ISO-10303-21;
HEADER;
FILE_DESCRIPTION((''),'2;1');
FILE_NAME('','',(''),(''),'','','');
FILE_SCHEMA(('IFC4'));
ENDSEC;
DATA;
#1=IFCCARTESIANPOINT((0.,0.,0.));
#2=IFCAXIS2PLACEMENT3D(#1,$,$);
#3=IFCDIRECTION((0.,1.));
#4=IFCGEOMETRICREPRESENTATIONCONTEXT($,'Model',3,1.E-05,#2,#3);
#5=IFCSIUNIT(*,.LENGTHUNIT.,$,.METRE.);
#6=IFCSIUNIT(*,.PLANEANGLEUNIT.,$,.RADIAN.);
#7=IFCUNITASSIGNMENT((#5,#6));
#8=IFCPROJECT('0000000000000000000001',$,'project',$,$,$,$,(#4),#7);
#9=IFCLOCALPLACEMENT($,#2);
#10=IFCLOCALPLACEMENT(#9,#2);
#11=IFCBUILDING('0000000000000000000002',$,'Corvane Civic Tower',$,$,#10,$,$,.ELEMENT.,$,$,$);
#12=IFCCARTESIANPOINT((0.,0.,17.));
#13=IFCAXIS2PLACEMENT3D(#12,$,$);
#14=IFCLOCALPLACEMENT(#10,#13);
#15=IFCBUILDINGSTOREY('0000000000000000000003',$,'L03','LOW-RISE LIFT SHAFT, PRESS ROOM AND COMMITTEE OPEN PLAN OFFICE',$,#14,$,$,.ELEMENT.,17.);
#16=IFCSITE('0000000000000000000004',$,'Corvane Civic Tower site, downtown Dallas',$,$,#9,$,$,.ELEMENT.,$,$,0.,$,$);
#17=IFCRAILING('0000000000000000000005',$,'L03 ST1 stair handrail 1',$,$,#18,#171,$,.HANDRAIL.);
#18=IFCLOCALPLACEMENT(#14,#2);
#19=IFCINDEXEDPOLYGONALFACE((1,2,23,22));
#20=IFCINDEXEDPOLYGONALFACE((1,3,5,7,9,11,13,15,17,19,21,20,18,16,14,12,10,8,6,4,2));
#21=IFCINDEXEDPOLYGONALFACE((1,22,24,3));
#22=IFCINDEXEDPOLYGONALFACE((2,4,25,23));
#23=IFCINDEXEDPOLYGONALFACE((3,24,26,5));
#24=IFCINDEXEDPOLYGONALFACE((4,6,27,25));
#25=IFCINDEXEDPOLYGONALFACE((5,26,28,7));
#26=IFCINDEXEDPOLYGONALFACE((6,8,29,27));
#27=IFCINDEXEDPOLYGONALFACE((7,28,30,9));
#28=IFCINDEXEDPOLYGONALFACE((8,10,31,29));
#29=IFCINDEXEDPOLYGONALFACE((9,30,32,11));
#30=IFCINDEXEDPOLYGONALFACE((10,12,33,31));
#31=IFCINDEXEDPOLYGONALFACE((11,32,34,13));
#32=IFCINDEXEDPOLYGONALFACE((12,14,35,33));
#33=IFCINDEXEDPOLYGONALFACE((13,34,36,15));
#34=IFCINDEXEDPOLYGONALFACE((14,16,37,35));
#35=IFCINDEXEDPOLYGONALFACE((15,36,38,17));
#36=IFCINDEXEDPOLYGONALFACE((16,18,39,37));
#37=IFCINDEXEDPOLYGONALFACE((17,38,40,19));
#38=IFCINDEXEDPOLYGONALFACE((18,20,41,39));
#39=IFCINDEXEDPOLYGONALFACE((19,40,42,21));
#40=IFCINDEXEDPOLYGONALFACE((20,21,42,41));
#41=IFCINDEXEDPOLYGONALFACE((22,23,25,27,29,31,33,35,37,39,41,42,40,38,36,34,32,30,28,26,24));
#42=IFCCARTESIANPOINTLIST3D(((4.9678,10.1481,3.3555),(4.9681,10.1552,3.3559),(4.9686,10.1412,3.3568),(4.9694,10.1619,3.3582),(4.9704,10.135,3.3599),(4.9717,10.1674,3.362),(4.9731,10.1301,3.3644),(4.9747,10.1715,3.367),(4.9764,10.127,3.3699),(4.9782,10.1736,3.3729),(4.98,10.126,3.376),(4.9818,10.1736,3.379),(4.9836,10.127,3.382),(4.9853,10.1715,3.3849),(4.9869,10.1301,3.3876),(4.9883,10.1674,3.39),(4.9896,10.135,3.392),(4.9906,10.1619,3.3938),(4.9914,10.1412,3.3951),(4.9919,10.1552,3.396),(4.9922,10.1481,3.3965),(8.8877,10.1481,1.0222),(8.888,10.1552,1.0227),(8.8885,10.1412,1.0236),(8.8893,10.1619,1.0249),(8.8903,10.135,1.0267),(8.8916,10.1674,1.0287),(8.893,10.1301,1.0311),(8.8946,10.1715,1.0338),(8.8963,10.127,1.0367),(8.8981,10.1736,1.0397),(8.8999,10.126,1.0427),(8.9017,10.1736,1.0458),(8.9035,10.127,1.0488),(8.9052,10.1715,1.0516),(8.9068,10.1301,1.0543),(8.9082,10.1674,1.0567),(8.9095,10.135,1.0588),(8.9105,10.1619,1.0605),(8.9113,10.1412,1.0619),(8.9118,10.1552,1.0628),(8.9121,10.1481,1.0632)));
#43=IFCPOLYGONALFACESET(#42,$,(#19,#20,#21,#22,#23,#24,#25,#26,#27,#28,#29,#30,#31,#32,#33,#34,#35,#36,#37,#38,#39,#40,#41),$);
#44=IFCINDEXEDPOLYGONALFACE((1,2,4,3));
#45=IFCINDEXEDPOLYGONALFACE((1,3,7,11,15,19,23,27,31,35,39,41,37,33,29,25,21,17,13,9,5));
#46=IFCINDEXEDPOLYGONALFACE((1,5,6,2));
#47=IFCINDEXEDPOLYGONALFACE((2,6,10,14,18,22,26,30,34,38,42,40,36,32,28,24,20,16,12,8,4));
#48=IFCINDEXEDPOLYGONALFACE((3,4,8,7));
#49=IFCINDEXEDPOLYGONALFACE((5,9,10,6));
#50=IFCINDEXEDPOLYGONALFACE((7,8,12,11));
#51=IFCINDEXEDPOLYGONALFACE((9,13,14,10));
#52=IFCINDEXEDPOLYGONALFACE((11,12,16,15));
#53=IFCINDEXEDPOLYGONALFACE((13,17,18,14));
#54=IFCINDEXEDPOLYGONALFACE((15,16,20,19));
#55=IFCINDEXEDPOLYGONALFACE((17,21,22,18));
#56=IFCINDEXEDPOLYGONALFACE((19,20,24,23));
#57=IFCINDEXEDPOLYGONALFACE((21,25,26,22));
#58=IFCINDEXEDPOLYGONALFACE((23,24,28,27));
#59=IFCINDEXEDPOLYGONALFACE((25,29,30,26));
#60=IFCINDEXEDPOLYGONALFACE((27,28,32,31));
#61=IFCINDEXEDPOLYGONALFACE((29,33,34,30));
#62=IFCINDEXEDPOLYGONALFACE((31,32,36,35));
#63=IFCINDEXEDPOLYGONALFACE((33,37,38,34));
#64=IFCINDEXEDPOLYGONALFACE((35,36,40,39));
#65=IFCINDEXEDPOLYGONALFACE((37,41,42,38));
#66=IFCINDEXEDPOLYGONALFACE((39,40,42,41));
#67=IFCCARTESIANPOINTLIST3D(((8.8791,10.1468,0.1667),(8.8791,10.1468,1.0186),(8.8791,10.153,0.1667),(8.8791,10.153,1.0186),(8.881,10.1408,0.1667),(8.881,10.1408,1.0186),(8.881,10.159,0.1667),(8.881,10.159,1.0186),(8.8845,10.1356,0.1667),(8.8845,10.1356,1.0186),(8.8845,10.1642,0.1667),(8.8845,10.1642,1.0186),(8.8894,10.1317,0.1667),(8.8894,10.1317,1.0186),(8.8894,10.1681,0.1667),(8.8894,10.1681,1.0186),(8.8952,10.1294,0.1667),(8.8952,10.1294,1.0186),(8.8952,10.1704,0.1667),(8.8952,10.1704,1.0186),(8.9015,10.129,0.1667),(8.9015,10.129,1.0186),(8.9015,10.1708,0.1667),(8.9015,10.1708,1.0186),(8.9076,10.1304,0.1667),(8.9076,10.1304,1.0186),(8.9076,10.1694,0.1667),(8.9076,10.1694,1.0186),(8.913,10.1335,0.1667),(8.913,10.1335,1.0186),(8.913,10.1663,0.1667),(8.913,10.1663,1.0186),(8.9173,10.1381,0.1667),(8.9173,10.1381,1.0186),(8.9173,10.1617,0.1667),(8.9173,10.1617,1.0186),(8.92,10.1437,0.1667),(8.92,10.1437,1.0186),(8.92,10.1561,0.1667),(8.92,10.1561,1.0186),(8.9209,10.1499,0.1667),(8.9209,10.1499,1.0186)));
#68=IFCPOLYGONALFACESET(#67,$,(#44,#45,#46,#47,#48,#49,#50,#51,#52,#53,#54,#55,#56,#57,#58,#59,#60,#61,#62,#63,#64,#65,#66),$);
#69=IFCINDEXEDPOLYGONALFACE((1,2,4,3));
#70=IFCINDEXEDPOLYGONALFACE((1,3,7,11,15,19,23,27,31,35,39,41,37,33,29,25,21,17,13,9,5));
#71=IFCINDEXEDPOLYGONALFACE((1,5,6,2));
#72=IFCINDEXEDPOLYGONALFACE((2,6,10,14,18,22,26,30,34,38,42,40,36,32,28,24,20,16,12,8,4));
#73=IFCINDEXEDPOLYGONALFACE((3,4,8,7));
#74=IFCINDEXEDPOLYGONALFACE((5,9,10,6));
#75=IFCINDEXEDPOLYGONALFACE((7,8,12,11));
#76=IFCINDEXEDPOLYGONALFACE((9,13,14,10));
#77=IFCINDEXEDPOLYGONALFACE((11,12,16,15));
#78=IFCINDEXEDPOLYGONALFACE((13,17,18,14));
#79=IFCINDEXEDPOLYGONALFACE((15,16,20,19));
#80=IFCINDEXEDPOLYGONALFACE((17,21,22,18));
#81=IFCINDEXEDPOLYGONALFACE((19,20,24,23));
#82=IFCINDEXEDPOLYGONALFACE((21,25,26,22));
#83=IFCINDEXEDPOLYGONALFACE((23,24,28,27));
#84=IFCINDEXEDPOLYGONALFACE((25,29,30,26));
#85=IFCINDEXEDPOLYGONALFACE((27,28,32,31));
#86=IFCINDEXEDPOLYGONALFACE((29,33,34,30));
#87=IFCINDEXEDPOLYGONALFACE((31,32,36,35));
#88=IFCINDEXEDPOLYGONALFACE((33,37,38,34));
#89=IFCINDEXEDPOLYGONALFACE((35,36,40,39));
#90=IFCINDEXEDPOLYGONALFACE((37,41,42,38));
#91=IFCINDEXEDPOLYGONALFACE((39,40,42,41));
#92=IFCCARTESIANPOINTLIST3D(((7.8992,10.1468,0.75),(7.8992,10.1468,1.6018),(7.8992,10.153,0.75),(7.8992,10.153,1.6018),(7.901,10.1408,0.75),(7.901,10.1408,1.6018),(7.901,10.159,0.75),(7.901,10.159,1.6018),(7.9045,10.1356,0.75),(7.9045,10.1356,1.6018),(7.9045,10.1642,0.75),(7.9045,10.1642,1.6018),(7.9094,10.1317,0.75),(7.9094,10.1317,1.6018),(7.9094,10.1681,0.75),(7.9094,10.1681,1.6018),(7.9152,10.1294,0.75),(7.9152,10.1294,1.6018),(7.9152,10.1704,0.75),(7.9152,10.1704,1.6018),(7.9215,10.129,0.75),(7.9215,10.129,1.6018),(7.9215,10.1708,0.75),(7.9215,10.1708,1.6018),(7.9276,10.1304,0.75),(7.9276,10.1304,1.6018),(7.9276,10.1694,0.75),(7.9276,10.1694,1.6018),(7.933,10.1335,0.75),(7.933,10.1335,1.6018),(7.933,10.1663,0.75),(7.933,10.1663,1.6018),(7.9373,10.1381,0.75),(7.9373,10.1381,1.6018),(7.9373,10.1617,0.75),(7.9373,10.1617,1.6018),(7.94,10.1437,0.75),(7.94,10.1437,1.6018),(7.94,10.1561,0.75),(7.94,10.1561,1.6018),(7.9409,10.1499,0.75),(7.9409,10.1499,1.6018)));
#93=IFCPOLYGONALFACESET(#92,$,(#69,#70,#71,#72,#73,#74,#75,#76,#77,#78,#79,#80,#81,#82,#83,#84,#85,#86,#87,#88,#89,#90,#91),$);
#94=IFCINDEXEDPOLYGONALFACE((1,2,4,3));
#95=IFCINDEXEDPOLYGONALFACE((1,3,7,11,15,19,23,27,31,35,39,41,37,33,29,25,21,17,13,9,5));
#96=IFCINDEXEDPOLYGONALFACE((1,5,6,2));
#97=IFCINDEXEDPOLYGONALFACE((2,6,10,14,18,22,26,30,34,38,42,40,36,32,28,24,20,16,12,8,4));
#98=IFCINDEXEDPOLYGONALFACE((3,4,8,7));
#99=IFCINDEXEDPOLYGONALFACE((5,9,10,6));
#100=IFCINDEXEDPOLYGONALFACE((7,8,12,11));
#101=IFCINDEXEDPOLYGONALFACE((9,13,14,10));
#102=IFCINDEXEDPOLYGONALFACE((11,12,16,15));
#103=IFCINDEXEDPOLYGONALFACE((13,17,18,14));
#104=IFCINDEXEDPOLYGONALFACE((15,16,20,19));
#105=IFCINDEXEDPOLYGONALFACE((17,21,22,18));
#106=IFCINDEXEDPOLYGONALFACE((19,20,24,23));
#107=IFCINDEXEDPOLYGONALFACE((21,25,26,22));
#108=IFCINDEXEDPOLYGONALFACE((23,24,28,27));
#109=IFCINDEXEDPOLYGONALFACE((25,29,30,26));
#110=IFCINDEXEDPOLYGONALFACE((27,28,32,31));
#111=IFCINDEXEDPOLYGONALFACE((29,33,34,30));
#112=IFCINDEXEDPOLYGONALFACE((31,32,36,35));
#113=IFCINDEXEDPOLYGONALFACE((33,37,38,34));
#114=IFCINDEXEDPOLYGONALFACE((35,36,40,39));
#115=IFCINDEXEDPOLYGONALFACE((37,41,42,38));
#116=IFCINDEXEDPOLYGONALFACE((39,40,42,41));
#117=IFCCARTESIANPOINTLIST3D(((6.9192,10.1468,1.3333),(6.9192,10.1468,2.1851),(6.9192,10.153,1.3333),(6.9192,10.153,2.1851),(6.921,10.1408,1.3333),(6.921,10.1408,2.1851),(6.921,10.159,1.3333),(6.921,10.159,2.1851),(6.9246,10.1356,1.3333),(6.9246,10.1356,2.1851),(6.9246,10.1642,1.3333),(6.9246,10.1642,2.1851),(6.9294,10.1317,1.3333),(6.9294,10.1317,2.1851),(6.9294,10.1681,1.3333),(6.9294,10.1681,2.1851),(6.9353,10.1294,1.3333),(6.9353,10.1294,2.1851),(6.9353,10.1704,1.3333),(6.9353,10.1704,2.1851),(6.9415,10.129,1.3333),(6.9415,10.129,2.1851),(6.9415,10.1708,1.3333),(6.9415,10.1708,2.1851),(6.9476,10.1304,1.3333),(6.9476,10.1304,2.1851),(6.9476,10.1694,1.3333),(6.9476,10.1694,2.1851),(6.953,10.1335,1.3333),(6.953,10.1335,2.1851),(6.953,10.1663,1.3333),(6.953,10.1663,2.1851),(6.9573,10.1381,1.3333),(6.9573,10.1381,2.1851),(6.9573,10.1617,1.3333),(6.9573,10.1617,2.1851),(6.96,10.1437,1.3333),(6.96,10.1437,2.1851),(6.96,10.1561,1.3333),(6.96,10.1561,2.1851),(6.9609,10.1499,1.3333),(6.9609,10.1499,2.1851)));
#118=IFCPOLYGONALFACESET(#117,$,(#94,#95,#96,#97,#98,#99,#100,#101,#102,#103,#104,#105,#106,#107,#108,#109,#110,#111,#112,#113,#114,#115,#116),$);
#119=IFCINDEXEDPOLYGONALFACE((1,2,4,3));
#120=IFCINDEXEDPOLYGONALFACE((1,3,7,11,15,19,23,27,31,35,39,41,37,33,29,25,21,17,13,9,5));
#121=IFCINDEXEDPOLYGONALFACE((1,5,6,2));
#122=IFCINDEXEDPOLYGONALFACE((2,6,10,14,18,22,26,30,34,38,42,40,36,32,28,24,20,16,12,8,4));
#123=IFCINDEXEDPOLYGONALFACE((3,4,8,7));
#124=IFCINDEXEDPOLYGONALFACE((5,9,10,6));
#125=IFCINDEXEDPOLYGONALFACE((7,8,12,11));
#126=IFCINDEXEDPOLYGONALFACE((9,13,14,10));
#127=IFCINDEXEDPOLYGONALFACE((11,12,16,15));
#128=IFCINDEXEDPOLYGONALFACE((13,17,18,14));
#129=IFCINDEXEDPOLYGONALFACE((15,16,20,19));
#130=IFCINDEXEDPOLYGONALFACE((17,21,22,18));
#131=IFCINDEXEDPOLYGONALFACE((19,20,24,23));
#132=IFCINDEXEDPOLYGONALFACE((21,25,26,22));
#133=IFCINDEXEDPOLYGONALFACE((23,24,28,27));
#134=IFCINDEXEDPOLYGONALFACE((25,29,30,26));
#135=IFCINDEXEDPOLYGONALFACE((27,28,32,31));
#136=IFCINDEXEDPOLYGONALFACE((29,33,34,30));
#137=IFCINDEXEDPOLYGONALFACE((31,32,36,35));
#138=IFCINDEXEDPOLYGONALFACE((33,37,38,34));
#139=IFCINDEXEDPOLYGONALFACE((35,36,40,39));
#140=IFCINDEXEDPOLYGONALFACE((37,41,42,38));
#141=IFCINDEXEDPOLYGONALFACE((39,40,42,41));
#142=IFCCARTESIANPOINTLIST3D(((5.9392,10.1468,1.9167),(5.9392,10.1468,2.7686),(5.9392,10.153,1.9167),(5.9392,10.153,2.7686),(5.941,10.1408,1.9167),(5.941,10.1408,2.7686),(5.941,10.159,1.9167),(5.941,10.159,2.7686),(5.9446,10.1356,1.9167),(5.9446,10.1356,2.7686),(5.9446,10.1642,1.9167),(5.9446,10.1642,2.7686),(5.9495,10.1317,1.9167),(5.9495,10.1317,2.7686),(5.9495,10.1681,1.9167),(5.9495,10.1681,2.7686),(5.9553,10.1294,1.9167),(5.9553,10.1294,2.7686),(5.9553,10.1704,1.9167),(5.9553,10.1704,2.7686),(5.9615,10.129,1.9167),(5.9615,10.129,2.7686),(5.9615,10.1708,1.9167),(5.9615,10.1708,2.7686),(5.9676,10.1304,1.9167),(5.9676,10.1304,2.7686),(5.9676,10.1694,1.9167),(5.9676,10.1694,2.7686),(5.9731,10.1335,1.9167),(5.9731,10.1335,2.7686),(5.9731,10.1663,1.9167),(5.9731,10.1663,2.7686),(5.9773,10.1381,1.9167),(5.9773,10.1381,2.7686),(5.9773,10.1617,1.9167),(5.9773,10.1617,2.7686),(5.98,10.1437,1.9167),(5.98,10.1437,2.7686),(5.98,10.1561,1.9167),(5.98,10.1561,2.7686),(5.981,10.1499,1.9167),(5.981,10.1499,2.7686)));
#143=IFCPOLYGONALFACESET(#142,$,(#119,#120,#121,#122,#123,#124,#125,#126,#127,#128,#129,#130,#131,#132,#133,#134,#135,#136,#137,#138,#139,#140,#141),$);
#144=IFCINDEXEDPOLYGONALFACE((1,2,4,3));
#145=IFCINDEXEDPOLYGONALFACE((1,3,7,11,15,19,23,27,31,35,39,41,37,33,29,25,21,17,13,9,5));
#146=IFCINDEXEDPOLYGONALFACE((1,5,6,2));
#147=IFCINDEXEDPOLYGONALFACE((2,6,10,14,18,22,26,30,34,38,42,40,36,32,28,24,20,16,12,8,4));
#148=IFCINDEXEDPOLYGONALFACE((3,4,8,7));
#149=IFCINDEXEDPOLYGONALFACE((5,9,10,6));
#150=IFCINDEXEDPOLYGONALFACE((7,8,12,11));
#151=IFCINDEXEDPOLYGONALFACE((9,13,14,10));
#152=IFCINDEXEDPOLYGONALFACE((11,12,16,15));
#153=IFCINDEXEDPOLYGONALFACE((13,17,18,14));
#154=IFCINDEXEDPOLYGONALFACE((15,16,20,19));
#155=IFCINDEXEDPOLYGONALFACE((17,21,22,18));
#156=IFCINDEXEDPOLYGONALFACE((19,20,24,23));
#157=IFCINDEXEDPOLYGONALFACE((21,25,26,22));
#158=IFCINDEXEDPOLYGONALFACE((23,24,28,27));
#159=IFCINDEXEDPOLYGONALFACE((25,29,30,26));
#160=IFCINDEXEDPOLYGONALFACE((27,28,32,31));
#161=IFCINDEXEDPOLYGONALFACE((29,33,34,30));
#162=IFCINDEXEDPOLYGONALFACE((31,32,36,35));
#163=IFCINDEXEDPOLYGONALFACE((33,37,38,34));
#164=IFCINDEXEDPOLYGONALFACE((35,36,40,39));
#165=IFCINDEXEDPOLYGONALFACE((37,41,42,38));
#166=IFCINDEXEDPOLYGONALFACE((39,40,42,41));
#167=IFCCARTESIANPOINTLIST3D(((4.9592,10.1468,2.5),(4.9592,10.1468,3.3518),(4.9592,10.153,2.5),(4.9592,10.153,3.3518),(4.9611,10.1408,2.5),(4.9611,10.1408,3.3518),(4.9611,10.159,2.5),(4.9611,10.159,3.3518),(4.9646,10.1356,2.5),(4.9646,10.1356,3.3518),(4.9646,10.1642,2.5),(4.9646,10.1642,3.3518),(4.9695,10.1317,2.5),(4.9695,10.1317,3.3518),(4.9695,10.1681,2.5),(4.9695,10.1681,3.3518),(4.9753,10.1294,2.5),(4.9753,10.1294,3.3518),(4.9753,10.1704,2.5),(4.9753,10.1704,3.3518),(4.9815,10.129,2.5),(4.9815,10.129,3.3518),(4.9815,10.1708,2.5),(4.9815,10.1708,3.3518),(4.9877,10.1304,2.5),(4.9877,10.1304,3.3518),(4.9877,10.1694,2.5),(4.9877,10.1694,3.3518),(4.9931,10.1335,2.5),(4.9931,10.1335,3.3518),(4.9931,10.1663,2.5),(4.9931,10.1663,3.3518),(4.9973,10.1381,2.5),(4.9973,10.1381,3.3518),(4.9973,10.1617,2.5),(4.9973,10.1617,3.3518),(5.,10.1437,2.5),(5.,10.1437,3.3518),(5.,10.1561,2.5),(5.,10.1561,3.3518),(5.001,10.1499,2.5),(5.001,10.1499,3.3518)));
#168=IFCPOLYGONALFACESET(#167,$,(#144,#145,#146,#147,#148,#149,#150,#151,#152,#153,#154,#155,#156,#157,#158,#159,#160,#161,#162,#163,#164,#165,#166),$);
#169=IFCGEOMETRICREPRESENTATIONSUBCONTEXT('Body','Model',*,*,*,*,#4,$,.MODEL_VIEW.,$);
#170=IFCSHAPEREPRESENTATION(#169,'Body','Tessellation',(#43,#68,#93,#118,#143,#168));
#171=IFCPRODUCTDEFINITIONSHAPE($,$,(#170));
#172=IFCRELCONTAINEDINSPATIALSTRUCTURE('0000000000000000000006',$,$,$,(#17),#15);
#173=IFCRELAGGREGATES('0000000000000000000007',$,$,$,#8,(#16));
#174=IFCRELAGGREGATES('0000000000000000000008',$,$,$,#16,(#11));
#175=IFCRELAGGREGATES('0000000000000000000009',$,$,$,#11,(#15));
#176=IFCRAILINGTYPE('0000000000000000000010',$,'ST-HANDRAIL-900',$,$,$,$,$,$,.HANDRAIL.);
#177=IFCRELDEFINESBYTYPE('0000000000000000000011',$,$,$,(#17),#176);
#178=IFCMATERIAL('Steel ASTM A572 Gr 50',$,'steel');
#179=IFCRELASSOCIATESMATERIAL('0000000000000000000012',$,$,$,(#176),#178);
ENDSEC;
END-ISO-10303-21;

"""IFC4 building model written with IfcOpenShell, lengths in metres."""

from ifc_helpers import new_model, si_unit, direction, frame, origin, origin_2d, place, context, subcontext, project, spatial, circle, extrude, material, type_object, element, save


model = new_model("IFC4")

# Units and contexts
model_context = context("Model", 3, precision=1e-05, world=origin(), true_north=direction((0.0, 1.0)))
body_context = subcontext(model_context, "Body", "Model", "MODEL_VIEW")
ifc_project = project(units=[si_unit("LENGTHUNIT", "METRE"), si_unit("PLANEANGLEUNIT", "RADIAN")], contexts=[model_context])

# Site, building, storey
site_placement = place(None, origin())
site = spatial("IfcSite", under=ifc_project, at=site_placement, Name="Corvane Civic Tower site, downtown Dallas", CompositionType="ELEMENT", RefElevation=0.0)
building_placement = place(site_placement, origin())
building = spatial("IfcBuilding", under=site, at=building_placement, Name="Corvane Civic Tower", CompositionType="ELEMENT")
storey_placement = place(building_placement, frame((0.0, 0.0, 17.0)))
storey = spatial("IfcBuildingStorey", under=building, at=storey_placement, Name="L03", Description="LOW-RISE LIFT SHAFT, PRESS ROOM AND COMMITTEE OPEN PLAN OFFICE", CompositionType="ELEMENT", Elevation=17.0)

# Railing
ifc_material_1 = material(Name="Steel ASTM A572 Gr 50", Category="steel")
railing_type_1 = type_object("IfcRailingType", Name="ST-HANDRAIL-900", PredefinedType="HANDRAIL", material=ifc_material_1)
railing_1_placement = place(storey_placement, frame((8.8999, 10.1499, 0.1667)))
element("IfcRailing", 1, at=railing_1_placement, inside=storey, type_object=railing_type_1, Name="L03 ST1 stair handrail 1", PredefinedType="HANDRAIL", context=body_context, shape_type="SweptSolid", body=[
    extrude(circle(Radius=0.0239, at=origin_2d()), frame((0.0, 0.0, 0.876), z_axis=(-0.859296, 0.0, 0.511478), x_axis=(0.0, -1.0, 0.0)), (0.0, 0.0, 1.0), 4.5618),
    extrude(circle(Radius=0.021, at=origin_2d()), origin(), (0.0, 0.0, 1.0), 0.8518),
    extrude(circle(Radius=0.021, at=origin_2d()), frame((-0.98, 0.0, 0.5833)), (0.0, 0.0, 1.0), 0.8518),
    extrude(circle(Radius=0.021, at=origin_2d()), frame((-1.96, 0.0, 1.1665)), (0.0, 0.0, 1.0), 0.8518),
    extrude(circle(Radius=0.021, at=origin_2d()), frame((-2.9399, 0.0, 1.75)), (0.0, 0.0, 1.0), 0.8518),
    extrude(circle(Radius=0.021, at=origin_2d()), frame((-3.9199, 0.0, 2.3333)), (0.0, 0.0, 1.0), 0.8518),
])

save(model, "model.ifc")
